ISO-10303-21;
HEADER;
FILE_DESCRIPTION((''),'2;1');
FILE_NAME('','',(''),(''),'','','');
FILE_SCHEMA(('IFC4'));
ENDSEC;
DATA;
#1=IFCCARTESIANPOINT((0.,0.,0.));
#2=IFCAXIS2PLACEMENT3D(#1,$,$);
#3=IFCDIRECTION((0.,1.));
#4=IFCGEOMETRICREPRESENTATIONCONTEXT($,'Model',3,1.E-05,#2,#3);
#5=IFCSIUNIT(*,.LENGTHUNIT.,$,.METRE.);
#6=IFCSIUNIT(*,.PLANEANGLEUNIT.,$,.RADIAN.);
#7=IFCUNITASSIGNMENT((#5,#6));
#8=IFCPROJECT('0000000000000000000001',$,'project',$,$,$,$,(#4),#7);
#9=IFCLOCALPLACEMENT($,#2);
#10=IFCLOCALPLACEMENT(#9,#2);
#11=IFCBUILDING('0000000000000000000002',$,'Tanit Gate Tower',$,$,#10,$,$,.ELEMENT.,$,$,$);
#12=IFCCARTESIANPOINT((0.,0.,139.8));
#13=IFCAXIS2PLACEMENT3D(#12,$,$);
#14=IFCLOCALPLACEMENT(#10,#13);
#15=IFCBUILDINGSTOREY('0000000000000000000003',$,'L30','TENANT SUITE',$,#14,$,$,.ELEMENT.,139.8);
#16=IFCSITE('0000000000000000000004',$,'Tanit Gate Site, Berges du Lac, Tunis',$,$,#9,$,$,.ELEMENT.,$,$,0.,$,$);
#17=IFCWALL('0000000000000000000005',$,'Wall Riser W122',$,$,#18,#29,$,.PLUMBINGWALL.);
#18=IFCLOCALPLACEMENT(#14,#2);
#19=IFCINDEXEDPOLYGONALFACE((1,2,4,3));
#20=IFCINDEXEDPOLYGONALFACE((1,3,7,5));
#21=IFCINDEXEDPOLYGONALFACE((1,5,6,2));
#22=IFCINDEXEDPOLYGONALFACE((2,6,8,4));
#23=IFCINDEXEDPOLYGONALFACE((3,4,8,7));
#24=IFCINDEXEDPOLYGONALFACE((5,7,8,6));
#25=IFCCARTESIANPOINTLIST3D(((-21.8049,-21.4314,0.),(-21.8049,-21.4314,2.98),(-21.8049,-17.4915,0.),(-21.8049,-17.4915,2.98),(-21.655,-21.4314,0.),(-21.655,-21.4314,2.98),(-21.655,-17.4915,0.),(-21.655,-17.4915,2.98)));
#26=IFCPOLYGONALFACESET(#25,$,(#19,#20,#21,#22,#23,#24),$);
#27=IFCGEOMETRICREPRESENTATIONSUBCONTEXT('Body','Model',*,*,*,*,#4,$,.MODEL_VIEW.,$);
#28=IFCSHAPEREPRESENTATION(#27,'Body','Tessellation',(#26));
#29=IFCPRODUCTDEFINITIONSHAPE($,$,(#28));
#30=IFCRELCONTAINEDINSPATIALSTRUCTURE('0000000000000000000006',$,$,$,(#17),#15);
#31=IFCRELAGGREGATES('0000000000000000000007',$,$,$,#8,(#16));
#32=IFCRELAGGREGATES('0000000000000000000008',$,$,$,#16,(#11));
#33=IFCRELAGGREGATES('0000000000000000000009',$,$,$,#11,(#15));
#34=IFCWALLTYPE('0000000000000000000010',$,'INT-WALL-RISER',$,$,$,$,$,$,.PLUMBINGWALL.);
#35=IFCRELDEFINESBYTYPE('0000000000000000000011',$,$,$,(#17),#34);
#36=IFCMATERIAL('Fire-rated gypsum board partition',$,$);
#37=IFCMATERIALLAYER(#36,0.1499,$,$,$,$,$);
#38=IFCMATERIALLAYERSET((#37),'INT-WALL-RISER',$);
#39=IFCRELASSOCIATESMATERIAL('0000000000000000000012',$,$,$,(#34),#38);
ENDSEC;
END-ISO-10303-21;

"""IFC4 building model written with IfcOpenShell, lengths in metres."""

from ifc_helpers import new_model, si_unit, direction, frame, frame_2d, origin, place, context, subcontext, project, spatial, rectangle, extrude, material, layer, layer_set, type_object, element, save


model = new_model("IFC4")

# Units and contexts
model_context = context("Model", 3, precision=1e-05, world=origin(), true_north=direction((0.0, 1.0)))
body_context = subcontext(model_context, "Body", "Model", "MODEL_VIEW")
ifc_project = project(units=[si_unit("LENGTHUNIT", "METRE"), si_unit("PLANEANGLEUNIT", "RADIAN")], contexts=[model_context])

# Site, building, storey
site_placement = place(None, origin())
site = spatial("IfcSite", under=ifc_project, at=site_placement, Name="Tanit Gate Site, Berges du Lac, Tunis", CompositionType="ELEMENT", RefElevation=0.0)
building_placement = place(site_placement, origin())
building = spatial("IfcBuilding", under=site, at=building_placement, Name="Tanit Gate Tower", CompositionType="ELEMENT")
storey_placement = place(building_placement, frame((0.0, 0.0, 139.8)))
storey = spatial("IfcBuildingStorey", under=building, at=storey_placement, Name="L30", Description="TENANT SUITE", CompositionType="ELEMENT", Elevation=139.8)

# Wall
ifc_material_1 = material(Name="Fire-rated gypsum board partition")
ifc_layer_1 = layer(ifc_material_1, 0.1499)
ifc_layer_set_1 = layer_set([ifc_layer_1], Name="INT-WALL-RISER")
wall_type_1 = type_object("IfcWallType", Name="INT-WALL-RISER", PredefinedType="PLUMBINGWALL", material=ifc_layer_set_1)
wall_1_placement = place(storey_placement, frame((-21.73, -21.4314, 0.0), z_axis=(0.0, 0.0, 1.0), x_axis=(0.0, 1.0, 0.0)))
element("IfcWall", 1, at=wall_1_placement, inside=storey, type_object=wall_type_1, Name="Wall Riser W122", PredefinedType="PLUMBINGWALL", context=body_context, shape_type="SweptSolid", body=[
    extrude(rectangle(XDim=3.9399, YDim=0.1499, at=frame_2d((1.97, 0.0))), origin(), (0.0, 0.0, 1.0), 2.98),
])

save(model, "model.ifc")
